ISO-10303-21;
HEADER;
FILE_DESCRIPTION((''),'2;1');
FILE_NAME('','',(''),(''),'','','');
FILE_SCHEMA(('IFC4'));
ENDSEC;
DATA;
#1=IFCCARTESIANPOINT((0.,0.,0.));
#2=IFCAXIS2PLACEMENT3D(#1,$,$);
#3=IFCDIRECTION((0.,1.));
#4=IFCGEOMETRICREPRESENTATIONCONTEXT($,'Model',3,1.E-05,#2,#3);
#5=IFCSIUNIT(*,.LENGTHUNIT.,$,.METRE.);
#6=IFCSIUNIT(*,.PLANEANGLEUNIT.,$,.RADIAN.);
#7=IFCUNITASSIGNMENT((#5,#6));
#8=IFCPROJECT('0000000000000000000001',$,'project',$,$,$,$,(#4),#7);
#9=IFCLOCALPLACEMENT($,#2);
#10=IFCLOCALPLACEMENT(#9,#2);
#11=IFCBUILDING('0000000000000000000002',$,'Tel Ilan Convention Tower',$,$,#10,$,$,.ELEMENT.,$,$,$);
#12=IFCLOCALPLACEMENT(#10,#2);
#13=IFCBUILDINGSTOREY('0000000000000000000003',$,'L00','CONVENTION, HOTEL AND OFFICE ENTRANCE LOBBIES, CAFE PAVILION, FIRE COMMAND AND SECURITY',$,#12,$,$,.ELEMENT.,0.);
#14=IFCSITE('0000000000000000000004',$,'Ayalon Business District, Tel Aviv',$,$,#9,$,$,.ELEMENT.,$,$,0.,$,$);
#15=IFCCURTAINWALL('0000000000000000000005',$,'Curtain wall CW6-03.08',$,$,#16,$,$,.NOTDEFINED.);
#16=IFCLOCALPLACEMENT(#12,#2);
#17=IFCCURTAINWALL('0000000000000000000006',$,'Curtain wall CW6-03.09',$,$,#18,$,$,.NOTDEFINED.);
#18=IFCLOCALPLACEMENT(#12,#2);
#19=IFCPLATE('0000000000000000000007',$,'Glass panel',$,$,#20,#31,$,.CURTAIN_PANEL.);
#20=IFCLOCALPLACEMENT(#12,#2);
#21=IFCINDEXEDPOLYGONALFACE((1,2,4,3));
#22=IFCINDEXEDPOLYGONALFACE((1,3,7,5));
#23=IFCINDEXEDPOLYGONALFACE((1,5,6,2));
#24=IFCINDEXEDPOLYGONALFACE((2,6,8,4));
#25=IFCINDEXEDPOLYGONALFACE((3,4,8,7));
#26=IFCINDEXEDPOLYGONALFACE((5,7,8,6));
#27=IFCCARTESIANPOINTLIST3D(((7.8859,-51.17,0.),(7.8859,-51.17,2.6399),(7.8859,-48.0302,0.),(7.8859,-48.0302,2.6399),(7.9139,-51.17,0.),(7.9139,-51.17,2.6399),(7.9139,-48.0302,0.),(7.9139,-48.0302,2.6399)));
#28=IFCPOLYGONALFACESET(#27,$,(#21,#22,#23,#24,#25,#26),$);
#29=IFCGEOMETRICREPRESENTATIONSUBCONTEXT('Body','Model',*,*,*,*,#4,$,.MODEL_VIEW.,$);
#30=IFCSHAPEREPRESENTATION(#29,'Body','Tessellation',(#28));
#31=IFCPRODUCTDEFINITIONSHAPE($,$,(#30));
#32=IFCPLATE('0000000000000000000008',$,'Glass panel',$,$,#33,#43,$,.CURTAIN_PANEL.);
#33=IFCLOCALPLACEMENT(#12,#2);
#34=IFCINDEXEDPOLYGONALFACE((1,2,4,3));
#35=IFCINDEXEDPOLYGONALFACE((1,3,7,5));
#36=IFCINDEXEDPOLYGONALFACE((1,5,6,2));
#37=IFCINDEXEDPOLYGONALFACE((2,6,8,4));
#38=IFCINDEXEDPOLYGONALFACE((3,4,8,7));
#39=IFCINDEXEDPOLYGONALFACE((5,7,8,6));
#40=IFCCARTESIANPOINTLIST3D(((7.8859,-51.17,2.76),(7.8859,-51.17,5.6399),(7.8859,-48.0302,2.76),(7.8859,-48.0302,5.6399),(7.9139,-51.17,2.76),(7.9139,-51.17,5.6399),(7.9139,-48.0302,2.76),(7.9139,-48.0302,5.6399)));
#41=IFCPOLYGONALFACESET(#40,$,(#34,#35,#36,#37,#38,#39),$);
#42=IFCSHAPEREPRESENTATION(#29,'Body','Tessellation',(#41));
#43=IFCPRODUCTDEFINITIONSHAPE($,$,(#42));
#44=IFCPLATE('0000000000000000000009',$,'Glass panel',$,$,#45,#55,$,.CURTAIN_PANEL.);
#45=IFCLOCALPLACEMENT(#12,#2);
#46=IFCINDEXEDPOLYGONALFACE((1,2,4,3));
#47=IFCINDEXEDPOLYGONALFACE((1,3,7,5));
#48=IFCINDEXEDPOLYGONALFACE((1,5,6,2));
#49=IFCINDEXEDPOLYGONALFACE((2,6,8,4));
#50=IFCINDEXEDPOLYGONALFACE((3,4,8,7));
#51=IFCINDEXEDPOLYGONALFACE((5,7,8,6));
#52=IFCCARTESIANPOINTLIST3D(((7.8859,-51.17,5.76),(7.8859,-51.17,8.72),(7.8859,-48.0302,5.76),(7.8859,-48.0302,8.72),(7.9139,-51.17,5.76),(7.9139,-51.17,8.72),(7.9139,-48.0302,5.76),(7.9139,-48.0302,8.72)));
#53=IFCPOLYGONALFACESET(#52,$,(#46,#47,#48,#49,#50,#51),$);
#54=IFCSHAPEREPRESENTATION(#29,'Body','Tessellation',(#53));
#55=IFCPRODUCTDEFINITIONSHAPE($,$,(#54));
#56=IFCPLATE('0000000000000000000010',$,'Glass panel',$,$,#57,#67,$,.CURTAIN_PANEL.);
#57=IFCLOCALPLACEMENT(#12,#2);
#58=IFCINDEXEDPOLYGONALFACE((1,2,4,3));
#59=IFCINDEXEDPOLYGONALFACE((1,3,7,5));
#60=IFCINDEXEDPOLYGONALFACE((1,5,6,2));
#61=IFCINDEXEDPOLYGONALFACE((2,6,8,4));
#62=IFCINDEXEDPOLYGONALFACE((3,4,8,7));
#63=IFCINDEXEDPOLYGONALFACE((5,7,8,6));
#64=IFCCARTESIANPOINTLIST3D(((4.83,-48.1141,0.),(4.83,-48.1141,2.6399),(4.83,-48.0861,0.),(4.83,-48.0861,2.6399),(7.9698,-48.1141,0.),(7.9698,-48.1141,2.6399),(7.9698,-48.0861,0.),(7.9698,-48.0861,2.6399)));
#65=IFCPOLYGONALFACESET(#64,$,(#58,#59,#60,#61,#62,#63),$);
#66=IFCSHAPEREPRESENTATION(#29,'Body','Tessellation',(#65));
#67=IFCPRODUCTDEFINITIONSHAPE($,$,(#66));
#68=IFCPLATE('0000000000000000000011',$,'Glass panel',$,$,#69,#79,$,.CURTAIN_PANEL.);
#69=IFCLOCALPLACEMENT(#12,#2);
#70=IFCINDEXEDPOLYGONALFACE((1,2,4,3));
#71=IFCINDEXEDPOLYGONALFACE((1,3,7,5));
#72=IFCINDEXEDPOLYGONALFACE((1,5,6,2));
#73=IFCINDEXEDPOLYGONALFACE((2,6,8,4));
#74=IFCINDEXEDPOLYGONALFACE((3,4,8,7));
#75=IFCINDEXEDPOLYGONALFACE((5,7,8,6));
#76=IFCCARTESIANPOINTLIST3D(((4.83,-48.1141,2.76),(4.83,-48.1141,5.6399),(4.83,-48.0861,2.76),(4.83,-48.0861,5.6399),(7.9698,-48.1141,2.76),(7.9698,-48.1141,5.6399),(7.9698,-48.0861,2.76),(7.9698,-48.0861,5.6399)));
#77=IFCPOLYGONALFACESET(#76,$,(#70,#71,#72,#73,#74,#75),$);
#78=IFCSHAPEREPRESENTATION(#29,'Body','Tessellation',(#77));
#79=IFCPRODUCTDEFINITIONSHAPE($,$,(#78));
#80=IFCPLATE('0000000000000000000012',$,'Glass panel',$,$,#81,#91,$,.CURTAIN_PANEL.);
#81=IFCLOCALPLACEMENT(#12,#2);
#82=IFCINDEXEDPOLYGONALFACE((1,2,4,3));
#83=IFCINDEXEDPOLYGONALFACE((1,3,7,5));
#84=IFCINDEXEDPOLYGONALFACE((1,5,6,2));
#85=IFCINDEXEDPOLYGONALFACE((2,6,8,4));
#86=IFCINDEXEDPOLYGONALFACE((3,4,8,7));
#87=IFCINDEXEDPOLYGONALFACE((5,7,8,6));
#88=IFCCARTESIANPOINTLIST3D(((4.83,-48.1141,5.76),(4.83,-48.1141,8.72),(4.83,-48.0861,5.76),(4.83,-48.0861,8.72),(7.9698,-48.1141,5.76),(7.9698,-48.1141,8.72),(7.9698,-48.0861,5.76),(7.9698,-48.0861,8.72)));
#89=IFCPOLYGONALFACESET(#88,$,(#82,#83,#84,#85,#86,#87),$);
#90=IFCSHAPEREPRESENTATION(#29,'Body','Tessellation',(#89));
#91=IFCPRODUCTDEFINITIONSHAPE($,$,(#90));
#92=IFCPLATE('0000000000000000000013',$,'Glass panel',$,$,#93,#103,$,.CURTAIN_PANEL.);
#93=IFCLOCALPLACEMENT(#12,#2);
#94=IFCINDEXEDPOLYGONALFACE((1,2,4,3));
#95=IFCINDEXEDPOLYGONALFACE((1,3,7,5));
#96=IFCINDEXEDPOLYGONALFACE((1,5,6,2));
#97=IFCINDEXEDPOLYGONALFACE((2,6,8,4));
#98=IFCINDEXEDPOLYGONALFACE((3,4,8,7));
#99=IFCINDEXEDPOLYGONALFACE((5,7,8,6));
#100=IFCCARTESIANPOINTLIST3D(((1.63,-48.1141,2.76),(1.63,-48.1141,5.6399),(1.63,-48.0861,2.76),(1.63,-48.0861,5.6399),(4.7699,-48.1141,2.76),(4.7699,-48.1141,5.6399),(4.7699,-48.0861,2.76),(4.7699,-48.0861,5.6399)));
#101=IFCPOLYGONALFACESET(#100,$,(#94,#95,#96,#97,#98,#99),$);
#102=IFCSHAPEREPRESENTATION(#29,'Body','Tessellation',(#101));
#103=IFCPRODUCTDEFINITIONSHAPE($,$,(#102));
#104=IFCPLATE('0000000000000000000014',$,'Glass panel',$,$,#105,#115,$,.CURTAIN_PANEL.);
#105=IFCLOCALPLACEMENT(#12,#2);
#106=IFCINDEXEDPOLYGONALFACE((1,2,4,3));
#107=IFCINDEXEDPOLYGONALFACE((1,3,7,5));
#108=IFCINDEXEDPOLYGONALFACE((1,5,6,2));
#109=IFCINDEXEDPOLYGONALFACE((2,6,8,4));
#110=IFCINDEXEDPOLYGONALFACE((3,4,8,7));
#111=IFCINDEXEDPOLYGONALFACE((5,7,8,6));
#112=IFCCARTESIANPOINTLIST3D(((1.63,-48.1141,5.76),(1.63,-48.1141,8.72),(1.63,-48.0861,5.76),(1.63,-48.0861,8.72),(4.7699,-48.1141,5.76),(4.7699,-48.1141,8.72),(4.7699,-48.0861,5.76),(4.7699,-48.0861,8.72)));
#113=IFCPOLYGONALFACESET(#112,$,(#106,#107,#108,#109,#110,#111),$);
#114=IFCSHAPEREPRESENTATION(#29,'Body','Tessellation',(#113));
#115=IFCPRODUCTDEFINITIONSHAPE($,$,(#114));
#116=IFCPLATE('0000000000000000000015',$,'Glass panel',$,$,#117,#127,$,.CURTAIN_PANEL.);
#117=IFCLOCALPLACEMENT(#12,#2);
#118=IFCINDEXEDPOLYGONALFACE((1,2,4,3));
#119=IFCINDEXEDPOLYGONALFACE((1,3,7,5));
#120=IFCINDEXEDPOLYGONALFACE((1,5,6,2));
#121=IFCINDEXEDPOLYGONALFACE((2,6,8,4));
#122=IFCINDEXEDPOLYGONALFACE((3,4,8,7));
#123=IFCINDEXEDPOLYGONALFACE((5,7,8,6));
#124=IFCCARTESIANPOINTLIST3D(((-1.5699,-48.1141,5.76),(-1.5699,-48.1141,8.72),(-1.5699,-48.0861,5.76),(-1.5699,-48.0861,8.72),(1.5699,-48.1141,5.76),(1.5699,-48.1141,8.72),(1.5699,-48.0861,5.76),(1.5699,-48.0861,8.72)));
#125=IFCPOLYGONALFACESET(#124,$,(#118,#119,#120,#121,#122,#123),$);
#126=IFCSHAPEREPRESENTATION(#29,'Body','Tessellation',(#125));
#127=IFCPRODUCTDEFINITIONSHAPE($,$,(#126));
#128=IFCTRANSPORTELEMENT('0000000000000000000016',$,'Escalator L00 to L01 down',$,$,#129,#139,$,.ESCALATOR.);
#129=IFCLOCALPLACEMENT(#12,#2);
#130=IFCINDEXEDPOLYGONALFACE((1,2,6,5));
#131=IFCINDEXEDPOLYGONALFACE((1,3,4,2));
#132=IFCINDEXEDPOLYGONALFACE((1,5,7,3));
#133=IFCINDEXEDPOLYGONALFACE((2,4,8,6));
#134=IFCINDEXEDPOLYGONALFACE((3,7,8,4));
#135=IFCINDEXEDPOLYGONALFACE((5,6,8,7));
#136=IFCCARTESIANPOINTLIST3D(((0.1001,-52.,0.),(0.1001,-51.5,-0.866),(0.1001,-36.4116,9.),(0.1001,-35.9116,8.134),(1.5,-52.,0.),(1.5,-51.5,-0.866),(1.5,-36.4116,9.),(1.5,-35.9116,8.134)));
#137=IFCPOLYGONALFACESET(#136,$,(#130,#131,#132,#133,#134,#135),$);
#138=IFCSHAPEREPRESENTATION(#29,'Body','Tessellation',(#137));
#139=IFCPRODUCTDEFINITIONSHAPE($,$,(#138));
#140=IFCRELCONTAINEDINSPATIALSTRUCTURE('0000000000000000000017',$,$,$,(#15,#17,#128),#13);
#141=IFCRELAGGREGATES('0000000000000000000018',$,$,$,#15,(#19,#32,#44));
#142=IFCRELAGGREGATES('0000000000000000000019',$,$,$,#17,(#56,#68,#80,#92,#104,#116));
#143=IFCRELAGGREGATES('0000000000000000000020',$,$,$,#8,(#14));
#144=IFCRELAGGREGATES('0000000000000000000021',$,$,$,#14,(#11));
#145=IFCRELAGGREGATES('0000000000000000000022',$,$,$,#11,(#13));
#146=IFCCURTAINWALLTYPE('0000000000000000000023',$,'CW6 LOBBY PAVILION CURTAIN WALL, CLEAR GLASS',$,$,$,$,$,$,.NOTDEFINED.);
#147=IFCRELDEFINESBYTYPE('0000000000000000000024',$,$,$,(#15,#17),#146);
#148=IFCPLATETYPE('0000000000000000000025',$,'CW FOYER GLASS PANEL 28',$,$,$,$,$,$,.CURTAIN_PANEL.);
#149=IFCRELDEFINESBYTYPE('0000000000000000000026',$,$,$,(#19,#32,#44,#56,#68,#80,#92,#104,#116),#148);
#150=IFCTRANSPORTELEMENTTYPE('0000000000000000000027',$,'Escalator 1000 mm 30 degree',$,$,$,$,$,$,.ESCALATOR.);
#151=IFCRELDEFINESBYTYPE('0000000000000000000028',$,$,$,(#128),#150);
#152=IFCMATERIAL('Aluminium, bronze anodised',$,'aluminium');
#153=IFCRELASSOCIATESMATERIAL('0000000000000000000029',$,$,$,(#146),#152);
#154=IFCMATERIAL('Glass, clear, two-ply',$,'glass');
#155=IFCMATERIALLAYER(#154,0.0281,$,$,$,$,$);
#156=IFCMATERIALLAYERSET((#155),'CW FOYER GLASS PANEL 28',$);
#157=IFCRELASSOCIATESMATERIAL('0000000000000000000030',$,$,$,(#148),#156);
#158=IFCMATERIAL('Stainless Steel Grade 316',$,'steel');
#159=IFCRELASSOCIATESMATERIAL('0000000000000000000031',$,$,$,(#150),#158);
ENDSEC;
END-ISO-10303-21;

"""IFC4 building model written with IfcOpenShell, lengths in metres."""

from ifc_helpers import new_model, si_unit, direction, frame, origin, origin_2d, place, context, subcontext, project, spatial, polyline, rectangle, outline, extrude, material, layer, layer_set, type_object, element, aggregate, save


model = new_model("IFC4")

# Units and contexts
model_context = context("Model", 3, precision=1e-05, world=origin(), true_north=direction((0.0, 1.0)))
body_context = subcontext(model_context, "Body", "Model", "MODEL_VIEW")
ifc_project = project(units=[si_unit("LENGTHUNIT", "METRE"), si_unit("PLANEANGLEUNIT", "RADIAN")], contexts=[model_context])

# Site, building, storey
site_placement = place(None, origin())
site = spatial("IfcSite", under=ifc_project, at=site_placement, Name="Ayalon Business District, Tel Aviv", CompositionType="ELEMENT", RefElevation=0.0)
building_placement = place(site_placement, origin())
building = spatial("IfcBuilding", under=site, at=building_placement, Name="Tel Ilan Convention Tower", CompositionType="ELEMENT")
storey_placement = place(building_placement, origin())
storey = spatial("IfcBuildingStorey", under=building, at=storey_placement, Name="L00", Description="CONVENTION, HOTEL AND OFFICE ENTRANCE LOBBIES, CAFE PAVILION, FIRE COMMAND AND SECURITY", CompositionType="ELEMENT", Elevation=0.0)

# Curtain walls
ifc_material_1 = material(Name="Aluminium, bronze anodised", Category="aluminium")
curtain_wall_type = type_object("IfcCurtainWallType", Name="CW6 LOBBY PAVILION CURTAIN WALL, CLEAR GLASS", PredefinedType="NOTDEFINED", material=ifc_material_1)
curtain_wall_1_placement = place(storey_placement, origin())
curtain_wall_1 = element("IfcCurtainWall", 1, at=curtain_wall_1_placement, inside=storey, type_object=curtain_wall_type, Name="Curtain wall CW6-03.08", PredefinedType="NOTDEFINED")
curtain_wall_2_placement = place(storey_placement, origin())
curtain_wall_2 = element("IfcCurtainWall", 2, at=curtain_wall_2_placement, inside=storey, type_object=curtain_wall_type, Name="Curtain wall CW6-03.09", PredefinedType="NOTDEFINED")

# Plates
ifc_material_2 = material(Name="Glass, clear, two-ply", Category="glass")
ifc_layer_1 = layer(ifc_material_2, 0.0281)
ifc_layer_set_1 = layer_set([ifc_layer_1], Name="CW FOYER GLASS PANEL 28")
plate_type = type_object("IfcPlateType", Name="CW FOYER GLASS PANEL 28", PredefinedType="CURTAIN_PANEL", material=ifc_layer_set_1)
plate_1_placement = place(storey_placement, frame((7.8999, -49.6001, 0.0), z_axis=(0.0, 0.0, 1.0), x_axis=(0.0, 1.0, 0.0)))
plate_1 = element("IfcPlate", 3, at=plate_1_placement, type_object=plate_type, Name="Glass panel", PredefinedType="CURTAIN_PANEL", context=body_context, shape_type="SweptSolid", body=[
    extrude(rectangle(XDim=3.1399, YDim=0.0281, at=origin_2d()), origin(), (0.0, 0.0, 1.0), 2.6399),
])
plate_2_placement = place(storey_placement, frame((7.8999, -49.6001, 2.76), z_axis=(0.0, 0.0, 1.0), x_axis=(0.0, 1.0, 0.0)))
plate_2 = element("IfcPlate", 4, at=plate_2_placement, type_object=plate_type, Name="Glass panel", PredefinedType="CURTAIN_PANEL", context=body_context, shape_type="SweptSolid", body=[
    extrude(rectangle(XDim=3.1399, YDim=0.0281, at=origin_2d()), origin(), (0.0, 0.0, 1.0), 2.8799),
])
plate_3_placement = place(storey_placement, frame((7.8999, -49.6001, 5.76), z_axis=(0.0, 0.0, 1.0), x_axis=(0.0, 1.0, 0.0)))
plate_3 = element("IfcPlate", 5, at=plate_3_placement, type_object=plate_type, Name="Glass panel", PredefinedType="CURTAIN_PANEL", context=body_context, shape_type="SweptSolid", body=[
    extrude(rectangle(XDim=3.1399, YDim=0.0281, at=origin_2d()), origin(), (0.0, 0.0, 1.0), 2.96),
])
aggregate(curtain_wall_1, [plate_1, plate_2, plate_3])
plate_4_placement = place(storey_placement, frame((6.3999, -48.1001, 0.0), z_axis=(0.0, 0.0, 1.0), x_axis=(-1.0, 0.0, 0.0)))
plate_4 = element("IfcPlate", 6, at=plate_4_placement, type_object=plate_type, Name="Glass panel", PredefinedType="CURTAIN_PANEL", context=body_context, shape_type="SweptSolid", body=[
    extrude(rectangle(XDim=3.1399, YDim=0.0281, at=origin_2d()), origin(), (0.0, 0.0, 1.0), 2.6399),
])
plate_5_placement = place(storey_placement, frame((6.3999, -48.1001, 2.76), z_axis=(0.0, 0.0, 1.0), x_axis=(-1.0, 0.0, 0.0)))
plate_5 = element("IfcPlate", 7, at=plate_5_placement, type_object=plate_type, Name="Glass panel", PredefinedType="CURTAIN_PANEL", context=body_context, shape_type="SweptSolid", body=[
    extrude(rectangle(XDim=3.1399, YDim=0.0281, at=origin_2d()), origin(), (0.0, 0.0, 1.0), 2.8799),
])
plate_6_placement = place(storey_placement, frame((6.3999, -48.1001, 5.76), z_axis=(0.0, 0.0, 1.0), x_axis=(-1.0, 0.0, 0.0)))
plate_6 = element("IfcPlate", 8, at=plate_6_placement, type_object=plate_type, Name="Glass panel", PredefinedType="CURTAIN_PANEL", context=body_context, shape_type="SweptSolid", body=[
    extrude(rectangle(XDim=3.1399, YDim=0.0281, at=origin_2d()), origin(), (0.0, 0.0, 1.0), 2.96),
])
plate_7_placement = place(storey_placement, frame((3.2, -48.1001, 2.76), z_axis=(0.0, 0.0, 1.0), x_axis=(-1.0, 0.0, 0.0)))
plate_7 = element("IfcPlate", 9, at=plate_7_placement, type_object=plate_type, Name="Glass panel", PredefinedType="CURTAIN_PANEL", context=body_context, shape_type="SweptSolid", body=[
    extrude(rectangle(XDim=3.1399, YDim=0.0281, at=origin_2d()), origin(), (0.0, 0.0, 1.0), 2.8799),
])
plate_8_placement = place(storey_placement, frame((3.2, -48.1001, 5.76), z_axis=(0.0, 0.0, 1.0), x_axis=(-1.0, 0.0, 0.0)))
plate_8 = element("IfcPlate", 10, at=plate_8_placement, type_object=plate_type, Name="Glass panel", PredefinedType="CURTAIN_PANEL", context=body_context, shape_type="SweptSolid", body=[
    extrude(rectangle(XDim=3.1399, YDim=0.0281, at=origin_2d()), origin(), (0.0, 0.0, 1.0), 2.96),
])
plate_9_placement = place(storey_placement, frame((0.0, -48.1001, 5.76), z_axis=(0.0, 0.0, 1.0), x_axis=(-1.0, 0.0, 0.0)))
plate_9 = element("IfcPlate", 11, at=plate_9_placement, type_object=plate_type, Name="Glass panel", PredefinedType="CURTAIN_PANEL", context=body_context, shape_type="SweptSolid", body=[
    extrude(rectangle(XDim=3.1399, YDim=0.0281, at=origin_2d()), origin(), (0.0, 0.0, 1.0), 2.96),
])
aggregate(curtain_wall_2, [plate_4, plate_5, plate_6, plate_7, plate_8, plate_9])

# Transport element
ifc_material_3 = material(Name="Stainless Steel Grade 316", Category="steel")
transport_element_type = type_object("IfcTransportElementType", Name="Escalator 1000 mm 30 degree", PredefinedType="ESCALATOR", material=ifc_material_3)
transport_element_placement = place(storey_placement, frame((0.1001, -52.0, 0.0), z_axis=(0.0, -0.500002, 0.866024), x_axis=(1.0, 0.0, 0.0)))
element("IfcTransportElement", 12, at=transport_element_placement, inside=storey, type_object=transport_element_type, Name="Escalator L00 to L01 down", PredefinedType="ESCALATOR", context=body_context, shape_type="SweptSolid", body=[
    extrude(outline(polyline([(0.0, 0.0), (1.3999, 0.0), (1.3999, 17.9999), (0.0, 17.9999), (0.0, 0.0)])), origin(), (0.0, 0.0, -1.0), 1.0),
])

save(model, "model.ifc")
